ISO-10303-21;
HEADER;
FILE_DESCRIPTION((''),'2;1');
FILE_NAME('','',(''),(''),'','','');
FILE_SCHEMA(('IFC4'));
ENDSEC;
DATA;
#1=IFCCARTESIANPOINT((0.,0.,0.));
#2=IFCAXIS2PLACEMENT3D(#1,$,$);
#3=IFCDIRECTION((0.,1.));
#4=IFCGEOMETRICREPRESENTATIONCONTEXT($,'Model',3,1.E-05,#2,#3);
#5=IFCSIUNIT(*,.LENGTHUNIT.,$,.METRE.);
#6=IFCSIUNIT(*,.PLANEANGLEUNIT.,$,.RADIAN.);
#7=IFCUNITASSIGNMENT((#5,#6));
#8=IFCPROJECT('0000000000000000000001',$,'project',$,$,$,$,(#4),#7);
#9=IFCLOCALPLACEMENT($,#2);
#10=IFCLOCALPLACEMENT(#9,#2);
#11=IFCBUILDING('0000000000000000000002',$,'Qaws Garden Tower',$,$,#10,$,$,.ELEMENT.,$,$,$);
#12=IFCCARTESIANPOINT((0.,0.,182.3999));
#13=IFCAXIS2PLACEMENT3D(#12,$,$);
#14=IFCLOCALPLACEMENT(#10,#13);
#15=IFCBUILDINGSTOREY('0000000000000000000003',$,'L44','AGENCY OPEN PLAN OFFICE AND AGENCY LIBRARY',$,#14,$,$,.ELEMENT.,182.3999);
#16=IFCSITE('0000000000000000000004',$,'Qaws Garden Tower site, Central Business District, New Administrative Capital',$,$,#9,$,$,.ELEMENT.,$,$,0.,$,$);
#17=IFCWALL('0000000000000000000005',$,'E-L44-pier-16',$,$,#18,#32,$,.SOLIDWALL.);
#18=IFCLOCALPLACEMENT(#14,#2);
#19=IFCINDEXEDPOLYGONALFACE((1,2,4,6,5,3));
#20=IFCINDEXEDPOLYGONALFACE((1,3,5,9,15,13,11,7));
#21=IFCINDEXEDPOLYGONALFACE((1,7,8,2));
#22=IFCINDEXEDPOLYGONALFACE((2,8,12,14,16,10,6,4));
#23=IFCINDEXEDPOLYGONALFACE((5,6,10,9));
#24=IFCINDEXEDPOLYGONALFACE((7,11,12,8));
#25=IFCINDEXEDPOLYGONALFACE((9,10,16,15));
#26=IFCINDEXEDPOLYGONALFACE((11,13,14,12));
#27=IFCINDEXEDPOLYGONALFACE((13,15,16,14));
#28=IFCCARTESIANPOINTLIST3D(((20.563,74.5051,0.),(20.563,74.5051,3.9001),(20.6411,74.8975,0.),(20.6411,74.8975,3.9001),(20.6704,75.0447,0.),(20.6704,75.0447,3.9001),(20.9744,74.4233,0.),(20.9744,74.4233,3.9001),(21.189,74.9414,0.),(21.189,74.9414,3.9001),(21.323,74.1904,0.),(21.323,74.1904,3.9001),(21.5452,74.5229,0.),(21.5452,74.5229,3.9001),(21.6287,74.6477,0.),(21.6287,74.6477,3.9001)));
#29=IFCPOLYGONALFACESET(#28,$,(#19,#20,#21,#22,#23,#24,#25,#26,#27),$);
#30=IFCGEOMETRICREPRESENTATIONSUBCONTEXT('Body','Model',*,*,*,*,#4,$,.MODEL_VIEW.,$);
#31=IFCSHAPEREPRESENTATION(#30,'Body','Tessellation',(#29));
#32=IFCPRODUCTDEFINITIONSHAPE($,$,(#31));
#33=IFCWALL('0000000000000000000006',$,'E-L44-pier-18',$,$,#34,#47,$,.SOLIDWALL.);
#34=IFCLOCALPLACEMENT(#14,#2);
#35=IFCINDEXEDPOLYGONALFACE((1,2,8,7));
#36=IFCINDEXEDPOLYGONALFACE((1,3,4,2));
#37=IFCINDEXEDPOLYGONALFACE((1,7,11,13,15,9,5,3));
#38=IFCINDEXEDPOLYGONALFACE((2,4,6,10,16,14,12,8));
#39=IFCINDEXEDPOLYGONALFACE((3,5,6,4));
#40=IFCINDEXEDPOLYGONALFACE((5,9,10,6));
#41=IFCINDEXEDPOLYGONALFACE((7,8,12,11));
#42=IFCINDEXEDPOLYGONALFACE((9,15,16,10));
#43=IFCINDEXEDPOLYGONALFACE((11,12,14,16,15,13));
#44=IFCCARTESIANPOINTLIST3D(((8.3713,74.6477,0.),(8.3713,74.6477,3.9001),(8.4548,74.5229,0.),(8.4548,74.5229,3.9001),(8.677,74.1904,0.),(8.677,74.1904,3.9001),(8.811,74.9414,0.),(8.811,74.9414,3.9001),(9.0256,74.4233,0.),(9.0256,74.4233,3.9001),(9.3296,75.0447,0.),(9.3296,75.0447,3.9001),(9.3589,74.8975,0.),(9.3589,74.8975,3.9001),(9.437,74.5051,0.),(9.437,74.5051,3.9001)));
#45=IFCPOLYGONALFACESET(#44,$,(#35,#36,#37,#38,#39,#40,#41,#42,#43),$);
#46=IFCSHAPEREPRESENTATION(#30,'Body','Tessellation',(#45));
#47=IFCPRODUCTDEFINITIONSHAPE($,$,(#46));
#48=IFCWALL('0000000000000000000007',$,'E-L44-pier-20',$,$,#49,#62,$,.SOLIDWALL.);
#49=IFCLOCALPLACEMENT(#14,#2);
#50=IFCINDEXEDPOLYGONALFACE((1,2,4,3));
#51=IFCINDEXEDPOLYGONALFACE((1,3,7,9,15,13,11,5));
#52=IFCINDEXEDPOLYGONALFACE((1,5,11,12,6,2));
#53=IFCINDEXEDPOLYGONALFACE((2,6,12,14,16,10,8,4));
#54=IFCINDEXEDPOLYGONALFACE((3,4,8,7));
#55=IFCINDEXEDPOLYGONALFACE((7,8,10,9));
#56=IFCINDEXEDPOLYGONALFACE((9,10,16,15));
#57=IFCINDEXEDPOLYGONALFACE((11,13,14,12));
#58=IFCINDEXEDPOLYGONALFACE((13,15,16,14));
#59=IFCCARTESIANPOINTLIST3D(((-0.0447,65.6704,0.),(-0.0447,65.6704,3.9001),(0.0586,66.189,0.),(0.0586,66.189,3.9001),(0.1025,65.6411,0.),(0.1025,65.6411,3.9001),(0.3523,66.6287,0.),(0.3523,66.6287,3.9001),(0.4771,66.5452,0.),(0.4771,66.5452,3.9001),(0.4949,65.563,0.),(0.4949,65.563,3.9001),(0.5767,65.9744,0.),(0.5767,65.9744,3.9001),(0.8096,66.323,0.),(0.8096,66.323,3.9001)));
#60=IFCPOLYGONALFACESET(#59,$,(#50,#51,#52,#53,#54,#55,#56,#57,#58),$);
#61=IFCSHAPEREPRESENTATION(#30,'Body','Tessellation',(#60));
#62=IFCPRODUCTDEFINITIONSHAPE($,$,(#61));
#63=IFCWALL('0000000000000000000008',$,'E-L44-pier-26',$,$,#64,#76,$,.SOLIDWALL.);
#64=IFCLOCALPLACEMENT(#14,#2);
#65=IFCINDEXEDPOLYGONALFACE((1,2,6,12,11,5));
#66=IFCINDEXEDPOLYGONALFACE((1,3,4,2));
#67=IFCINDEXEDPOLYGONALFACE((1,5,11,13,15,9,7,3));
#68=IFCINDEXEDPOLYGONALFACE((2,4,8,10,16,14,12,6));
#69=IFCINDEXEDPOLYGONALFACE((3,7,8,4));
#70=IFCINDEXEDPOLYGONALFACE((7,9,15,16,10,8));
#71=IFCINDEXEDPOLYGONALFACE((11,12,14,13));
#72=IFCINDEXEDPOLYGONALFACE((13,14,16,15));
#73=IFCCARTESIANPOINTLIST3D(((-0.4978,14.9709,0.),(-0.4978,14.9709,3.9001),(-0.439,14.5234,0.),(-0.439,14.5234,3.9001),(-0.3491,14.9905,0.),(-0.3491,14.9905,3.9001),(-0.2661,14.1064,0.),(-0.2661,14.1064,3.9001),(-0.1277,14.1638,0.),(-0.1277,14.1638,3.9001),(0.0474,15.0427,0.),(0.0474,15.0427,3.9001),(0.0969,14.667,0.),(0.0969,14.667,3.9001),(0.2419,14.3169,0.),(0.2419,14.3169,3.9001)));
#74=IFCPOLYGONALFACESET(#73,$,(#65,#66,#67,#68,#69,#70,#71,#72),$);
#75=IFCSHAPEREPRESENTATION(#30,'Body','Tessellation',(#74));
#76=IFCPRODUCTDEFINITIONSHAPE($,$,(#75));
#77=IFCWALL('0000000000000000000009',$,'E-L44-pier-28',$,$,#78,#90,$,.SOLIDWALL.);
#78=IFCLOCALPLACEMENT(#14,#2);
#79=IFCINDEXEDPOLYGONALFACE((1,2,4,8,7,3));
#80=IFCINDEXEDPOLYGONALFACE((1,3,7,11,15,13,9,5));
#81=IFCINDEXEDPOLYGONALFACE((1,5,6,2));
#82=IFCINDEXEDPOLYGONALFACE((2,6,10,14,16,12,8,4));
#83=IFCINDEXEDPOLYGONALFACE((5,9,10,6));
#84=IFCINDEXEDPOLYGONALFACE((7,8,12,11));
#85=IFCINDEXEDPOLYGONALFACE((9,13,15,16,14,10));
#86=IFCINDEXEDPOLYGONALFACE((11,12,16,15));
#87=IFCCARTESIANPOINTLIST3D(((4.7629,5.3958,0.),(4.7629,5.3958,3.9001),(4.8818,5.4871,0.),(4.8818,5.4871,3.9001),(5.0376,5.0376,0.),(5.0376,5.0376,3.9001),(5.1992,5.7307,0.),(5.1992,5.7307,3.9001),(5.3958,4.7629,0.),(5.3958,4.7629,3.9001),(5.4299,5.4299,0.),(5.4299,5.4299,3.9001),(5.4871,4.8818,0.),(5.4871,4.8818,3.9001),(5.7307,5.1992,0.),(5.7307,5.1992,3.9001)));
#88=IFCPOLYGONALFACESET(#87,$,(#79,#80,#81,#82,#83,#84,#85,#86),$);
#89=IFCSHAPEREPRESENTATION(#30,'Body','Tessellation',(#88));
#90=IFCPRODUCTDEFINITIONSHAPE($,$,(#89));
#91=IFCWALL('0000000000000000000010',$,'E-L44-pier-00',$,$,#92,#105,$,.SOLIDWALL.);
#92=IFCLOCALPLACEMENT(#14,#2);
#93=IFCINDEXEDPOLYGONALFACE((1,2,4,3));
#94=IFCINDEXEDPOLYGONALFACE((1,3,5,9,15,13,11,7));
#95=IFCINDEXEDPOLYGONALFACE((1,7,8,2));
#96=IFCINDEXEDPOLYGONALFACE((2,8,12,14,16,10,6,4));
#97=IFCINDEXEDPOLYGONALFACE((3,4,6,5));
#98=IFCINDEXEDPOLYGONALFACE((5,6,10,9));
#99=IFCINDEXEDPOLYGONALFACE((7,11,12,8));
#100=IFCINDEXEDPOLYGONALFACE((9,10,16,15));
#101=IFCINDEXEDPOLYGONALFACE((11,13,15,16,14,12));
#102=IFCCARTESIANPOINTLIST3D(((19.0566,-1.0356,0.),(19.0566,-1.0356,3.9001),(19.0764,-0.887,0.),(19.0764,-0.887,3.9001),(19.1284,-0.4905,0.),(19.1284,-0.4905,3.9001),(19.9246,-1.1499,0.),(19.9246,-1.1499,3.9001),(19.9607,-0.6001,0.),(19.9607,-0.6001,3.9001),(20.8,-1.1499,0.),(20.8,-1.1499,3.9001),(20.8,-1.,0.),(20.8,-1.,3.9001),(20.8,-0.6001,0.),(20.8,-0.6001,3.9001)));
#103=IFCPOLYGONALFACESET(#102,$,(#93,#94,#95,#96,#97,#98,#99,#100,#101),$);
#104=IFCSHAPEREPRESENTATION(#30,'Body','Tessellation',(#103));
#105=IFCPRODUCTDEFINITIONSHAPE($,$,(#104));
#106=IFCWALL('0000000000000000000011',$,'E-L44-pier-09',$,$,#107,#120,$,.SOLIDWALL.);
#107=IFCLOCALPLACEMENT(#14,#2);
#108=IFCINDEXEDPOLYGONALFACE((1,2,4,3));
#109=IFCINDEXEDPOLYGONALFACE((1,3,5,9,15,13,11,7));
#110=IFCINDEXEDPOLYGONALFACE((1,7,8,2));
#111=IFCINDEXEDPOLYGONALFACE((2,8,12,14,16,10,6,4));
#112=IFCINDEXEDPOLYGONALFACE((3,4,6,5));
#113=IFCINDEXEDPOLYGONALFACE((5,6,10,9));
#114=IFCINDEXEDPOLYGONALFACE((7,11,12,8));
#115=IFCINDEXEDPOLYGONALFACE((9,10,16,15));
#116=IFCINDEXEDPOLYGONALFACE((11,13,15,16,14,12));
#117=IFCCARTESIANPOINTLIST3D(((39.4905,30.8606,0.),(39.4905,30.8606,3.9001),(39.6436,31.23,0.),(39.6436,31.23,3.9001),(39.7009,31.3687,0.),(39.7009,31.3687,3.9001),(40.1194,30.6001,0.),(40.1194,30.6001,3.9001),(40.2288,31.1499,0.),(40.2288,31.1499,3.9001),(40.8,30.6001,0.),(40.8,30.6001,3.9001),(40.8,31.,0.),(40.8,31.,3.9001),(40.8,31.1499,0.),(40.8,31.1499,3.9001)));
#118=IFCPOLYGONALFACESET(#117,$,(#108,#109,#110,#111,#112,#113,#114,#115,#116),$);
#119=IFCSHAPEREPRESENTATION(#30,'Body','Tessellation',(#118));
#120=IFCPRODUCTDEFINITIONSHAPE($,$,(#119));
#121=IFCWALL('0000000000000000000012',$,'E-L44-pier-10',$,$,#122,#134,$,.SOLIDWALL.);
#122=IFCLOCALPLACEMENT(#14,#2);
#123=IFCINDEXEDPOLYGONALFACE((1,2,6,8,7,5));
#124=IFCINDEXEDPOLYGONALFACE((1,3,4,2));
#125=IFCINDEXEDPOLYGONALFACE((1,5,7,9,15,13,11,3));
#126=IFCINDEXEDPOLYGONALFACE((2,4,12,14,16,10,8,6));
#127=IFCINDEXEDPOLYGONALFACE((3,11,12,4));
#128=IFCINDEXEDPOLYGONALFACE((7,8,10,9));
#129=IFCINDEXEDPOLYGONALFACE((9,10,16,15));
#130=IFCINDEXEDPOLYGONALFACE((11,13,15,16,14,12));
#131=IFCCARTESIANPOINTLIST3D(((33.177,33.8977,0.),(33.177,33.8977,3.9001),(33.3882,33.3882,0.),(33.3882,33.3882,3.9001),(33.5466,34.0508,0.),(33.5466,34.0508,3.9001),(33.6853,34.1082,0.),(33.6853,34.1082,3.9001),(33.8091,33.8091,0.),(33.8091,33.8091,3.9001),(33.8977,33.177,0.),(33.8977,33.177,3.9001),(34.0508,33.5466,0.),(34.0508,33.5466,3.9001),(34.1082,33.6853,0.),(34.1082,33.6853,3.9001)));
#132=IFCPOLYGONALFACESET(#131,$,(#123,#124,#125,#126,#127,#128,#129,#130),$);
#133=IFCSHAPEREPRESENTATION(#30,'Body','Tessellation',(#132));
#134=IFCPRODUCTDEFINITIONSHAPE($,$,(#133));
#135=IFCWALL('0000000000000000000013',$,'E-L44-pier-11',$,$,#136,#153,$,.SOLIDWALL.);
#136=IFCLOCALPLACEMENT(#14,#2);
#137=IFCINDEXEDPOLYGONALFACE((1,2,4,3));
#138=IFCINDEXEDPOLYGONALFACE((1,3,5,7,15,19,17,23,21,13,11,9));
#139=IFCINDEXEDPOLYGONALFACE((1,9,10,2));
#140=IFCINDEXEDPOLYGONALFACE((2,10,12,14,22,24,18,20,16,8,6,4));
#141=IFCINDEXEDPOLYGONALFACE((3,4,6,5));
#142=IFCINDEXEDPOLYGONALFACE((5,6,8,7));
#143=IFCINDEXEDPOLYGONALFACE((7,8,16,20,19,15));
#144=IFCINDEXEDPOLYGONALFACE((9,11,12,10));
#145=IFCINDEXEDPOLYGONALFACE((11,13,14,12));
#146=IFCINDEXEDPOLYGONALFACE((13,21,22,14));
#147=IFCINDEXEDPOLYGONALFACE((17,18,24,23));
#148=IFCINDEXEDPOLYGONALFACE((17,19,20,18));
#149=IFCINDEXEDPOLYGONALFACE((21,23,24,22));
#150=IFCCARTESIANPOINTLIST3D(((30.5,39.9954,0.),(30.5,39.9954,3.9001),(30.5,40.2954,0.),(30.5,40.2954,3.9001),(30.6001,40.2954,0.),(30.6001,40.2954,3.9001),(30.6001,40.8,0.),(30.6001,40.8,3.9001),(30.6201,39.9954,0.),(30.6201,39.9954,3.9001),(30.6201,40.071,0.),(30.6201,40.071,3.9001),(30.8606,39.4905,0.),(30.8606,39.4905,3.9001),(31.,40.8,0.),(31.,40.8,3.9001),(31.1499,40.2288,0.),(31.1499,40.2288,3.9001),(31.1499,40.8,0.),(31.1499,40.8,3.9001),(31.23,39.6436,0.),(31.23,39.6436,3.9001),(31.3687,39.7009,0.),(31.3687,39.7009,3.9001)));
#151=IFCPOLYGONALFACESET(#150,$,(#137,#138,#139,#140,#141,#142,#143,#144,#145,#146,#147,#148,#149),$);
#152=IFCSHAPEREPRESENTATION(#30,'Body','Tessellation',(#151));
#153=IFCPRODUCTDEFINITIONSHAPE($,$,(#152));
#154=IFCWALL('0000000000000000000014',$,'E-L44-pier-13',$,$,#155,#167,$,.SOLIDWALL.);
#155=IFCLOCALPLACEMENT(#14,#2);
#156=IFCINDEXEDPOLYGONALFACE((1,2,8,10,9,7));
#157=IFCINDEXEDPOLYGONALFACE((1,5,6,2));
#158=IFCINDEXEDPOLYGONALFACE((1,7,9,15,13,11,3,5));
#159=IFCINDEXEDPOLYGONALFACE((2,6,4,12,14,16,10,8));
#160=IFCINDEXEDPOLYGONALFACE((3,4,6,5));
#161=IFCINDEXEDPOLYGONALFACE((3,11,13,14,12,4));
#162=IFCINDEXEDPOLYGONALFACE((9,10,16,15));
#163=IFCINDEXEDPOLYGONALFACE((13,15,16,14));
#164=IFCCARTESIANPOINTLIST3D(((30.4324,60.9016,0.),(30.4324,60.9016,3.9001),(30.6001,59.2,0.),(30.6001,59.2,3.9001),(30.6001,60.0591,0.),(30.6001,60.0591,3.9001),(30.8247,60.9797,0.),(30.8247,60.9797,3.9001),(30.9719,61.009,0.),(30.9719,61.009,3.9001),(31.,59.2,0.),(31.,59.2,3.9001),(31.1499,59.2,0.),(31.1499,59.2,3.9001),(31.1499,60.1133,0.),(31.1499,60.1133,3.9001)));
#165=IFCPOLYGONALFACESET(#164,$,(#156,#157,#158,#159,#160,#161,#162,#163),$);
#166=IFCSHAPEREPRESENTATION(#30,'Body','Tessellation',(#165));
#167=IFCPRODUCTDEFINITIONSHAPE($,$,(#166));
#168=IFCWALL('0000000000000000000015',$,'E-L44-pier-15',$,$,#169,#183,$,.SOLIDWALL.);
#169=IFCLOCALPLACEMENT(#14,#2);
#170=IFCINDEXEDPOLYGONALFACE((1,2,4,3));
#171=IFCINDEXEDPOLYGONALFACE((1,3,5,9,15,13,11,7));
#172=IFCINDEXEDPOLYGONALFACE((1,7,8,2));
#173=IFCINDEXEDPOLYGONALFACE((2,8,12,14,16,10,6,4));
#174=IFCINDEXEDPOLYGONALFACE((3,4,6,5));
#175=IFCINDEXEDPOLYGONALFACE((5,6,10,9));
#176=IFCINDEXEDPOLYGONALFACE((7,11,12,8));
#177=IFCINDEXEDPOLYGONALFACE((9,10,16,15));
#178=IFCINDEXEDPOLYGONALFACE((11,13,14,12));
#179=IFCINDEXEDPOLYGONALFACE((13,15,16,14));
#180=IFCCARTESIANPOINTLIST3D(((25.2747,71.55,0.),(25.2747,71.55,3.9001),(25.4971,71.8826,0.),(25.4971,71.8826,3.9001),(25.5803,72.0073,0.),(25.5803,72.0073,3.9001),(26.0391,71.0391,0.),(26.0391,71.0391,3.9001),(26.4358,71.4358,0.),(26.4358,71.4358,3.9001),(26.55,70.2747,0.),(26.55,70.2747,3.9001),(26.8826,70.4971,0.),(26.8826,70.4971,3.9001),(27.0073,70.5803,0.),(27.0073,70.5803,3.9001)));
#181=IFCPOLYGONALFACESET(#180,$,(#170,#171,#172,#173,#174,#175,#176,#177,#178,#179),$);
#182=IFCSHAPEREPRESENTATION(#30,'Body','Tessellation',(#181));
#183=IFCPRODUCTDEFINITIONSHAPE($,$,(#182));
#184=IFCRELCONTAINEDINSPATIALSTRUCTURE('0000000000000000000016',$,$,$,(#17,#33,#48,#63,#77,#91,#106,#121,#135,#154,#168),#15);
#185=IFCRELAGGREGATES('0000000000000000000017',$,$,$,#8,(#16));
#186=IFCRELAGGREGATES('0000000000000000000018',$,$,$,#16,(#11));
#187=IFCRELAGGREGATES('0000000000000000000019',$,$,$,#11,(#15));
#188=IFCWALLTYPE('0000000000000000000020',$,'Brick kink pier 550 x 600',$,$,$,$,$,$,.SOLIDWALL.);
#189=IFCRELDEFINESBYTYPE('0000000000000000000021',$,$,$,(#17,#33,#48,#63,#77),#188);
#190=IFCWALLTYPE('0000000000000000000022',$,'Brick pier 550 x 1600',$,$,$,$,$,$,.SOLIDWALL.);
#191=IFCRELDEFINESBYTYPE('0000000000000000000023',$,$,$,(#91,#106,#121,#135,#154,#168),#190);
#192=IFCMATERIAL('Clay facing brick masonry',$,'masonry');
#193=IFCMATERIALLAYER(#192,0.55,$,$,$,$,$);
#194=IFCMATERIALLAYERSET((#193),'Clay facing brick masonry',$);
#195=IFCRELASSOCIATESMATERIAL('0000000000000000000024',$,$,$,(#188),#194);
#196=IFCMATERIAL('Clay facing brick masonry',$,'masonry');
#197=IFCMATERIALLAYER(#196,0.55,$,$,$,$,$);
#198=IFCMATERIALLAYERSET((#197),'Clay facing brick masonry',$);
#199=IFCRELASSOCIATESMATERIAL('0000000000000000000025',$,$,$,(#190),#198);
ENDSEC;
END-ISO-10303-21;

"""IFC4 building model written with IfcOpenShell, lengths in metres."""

from ifc_helpers import new_model, si_unit, direction, frame, origin, place, context, subcontext, project, spatial, polyline, outline, extrude, material, layer, layer_set, type_object, element, save


model = new_model("IFC4")

# Units and contexts
model_context = context("Model", 3, precision=1e-05, world=origin(), true_north=direction((0.0, 1.0)))
body_context = subcontext(model_context, "Body", "Model", "MODEL_VIEW")
ifc_project = project(units=[si_unit("LENGTHUNIT", "METRE"), si_unit("PLANEANGLEUNIT", "RADIAN")], contexts=[model_context])

# Site, building, storey
site_placement = place(None, origin())
site = spatial("IfcSite", under=ifc_project, at=site_placement, Name="Qaws Garden Tower site, Central Business District, New Administrative Capital", CompositionType="ELEMENT", RefElevation=0.0)
building_placement = place(site_placement, origin())
building = spatial("IfcBuilding", under=site, at=building_placement, Name="Qaws Garden Tower", CompositionType="ELEMENT")
storey_placement = place(building_placement, frame((0.0, 0.0, 182.3999)))
storey = spatial("IfcBuildingStorey", under=building, at=storey_placement, Name="L44", Description="AGENCY OPEN PLAN OFFICE AND AGENCY LIBRARY", CompositionType="ELEMENT", Elevation=182.3999)

# Walls
placement = place(storey_placement, origin())
ifc_material_1 = material(Name="Clay facing brick masonry", Category="masonry")
ifc_layer_1 = layer(ifc_material_1, 0.55)
ifc_layer_set_1 = layer_set([ifc_layer_1], Name="Clay facing brick masonry")
wall_type_1 = type_object("IfcWallType", Name="Brick kink pier 550 x 600", PredefinedType="SOLIDWALL", material=ifc_layer_set_1)
element("IfcWall", 1, at=placement, inside=storey, type_object=wall_type_1, Name="E-L44-pier-16", PredefinedType="SOLIDWALL", context=body_context, shape_type="SweptSolid", body=[
    extrude(outline(polyline([(21.5452, 74.5229), (21.6287, 74.6477), (21.189, 74.9414), (20.6704, 75.0447), (20.6411, 74.8975), (20.563, 74.5051), (20.9744, 74.4233), (21.323, 74.1904), (21.5452, 74.5229)])), origin(), (0.0, 0.0, 1.0), 3.9001),
])
element("IfcWall", 2, at=placement, inside=storey, type_object=wall_type_1, Name="E-L44-pier-18", PredefinedType="SOLIDWALL", context=body_context, shape_type="SweptSolid", body=[
    extrude(outline(polyline([(9.3589, 74.8975), (9.3296, 75.0447), (8.811, 74.9414), (8.3713, 74.6477), (8.4548, 74.5229), (8.677, 74.1904), (9.0256, 74.4233), (9.437, 74.5051), (9.3589, 74.8975)])), origin(), (0.0, 0.0, 1.0), 3.9001),
])
element("IfcWall", 3, at=placement, inside=storey, type_object=wall_type_1, Name="E-L44-pier-20", PredefinedType="SOLIDWALL", context=body_context, shape_type="SweptSolid", body=[
    extrude(outline(polyline([(0.4771, 66.5452), (0.3523, 66.6287), (0.0586, 66.189), (-0.0447, 65.6704), (0.1025, 65.6411), (0.4949, 65.563), (0.5767, 65.9744), (0.8096, 66.323), (0.4771, 66.5452)])), origin(), (0.0, 0.0, 1.0), 3.9001),
])
element("IfcWall", 4, at=placement, inside=storey, type_object=wall_type_1, Name="E-L44-pier-26", PredefinedType="SOLIDWALL", context=body_context, shape_type="SweptSolid", body=[
    extrude(outline(polyline([(-0.3491, 14.9905), (-0.4978, 14.9709), (-0.439, 14.5234), (-0.2661, 14.1064), (-0.1277, 14.1638), (0.2419, 14.3169), (0.0969, 14.667), (0.0474, 15.0427), (-0.3491, 14.9905)])), origin(), (0.0, 0.0, 1.0), 3.9001),
])
element("IfcWall", 5, at=placement, inside=storey, type_object=wall_type_1, Name="E-L44-pier-28", PredefinedType="SOLIDWALL", context=body_context, shape_type="SweptSolid", body=[
    extrude(outline(polyline([(4.8818, 5.4871), (4.7629, 5.3958), (5.0376, 5.0376), (5.3958, 4.7629), (5.4871, 4.8818), (5.7307, 5.1992), (5.4299, 5.4299), (5.1992, 5.7307), (4.8818, 5.4871)])), origin(), (0.0, 0.0, 1.0), 3.9001),
])
ifc_material_2 = material(Name="Clay facing brick masonry", Category="masonry")
ifc_layer_2 = layer(ifc_material_2, 0.55)
ifc_layer_set_2 = layer_set([ifc_layer_2], Name="Clay facing brick masonry")
wall_type_2 = type_object("IfcWallType", Name="Brick pier 550 x 1600", PredefinedType="SOLIDWALL", material=ifc_layer_set_2)
element("IfcWall", 6, at=placement, inside=storey, type_object=wall_type_2, Name="E-L44-pier-00", PredefinedType="SOLIDWALL", context=body_context, shape_type="SweptSolid", body=[
    extrude(outline(polyline([(19.0764, -0.887), (19.0566, -1.0356), (19.9246, -1.1499), (20.8, -1.1499), (20.8, -1.0), (20.8, -0.6001), (19.9607, -0.6001), (19.1284, -0.4905), (19.0764, -0.887)])), origin(), (0.0, 0.0, 1.0), 3.9001),
])
element("IfcWall", 7, at=placement, inside=storey, type_object=wall_type_2, Name="E-L44-pier-09", PredefinedType="SOLIDWALL", context=body_context, shape_type="SweptSolid", body=[
    extrude(outline(polyline([(40.8, 31.0), (40.8, 31.1499), (40.2288, 31.1499), (39.7009, 31.3687), (39.6436, 31.23), (39.4905, 30.8606), (40.1194, 30.6001), (40.8, 30.6001), (40.8, 31.0)])), origin(), (0.0, 0.0, 1.0), 3.9001),
])
element("IfcWall", 8, at=placement, inside=storey, type_object=wall_type_2, Name="E-L44-pier-10", PredefinedType="SOLIDWALL", context=body_context, shape_type="SweptSolid", body=[
    extrude(outline(polyline([(34.0508, 33.5466), (34.1082, 33.6853), (33.8091, 33.8091), (33.6853, 34.1082), (33.5466, 34.0508), (33.177, 33.8977), (33.3882, 33.3882), (33.8977, 33.177), (34.0508, 33.5466)])), origin(), (0.0, 0.0, 1.0), 3.9001),
])
element("IfcWall", 9, at=placement, inside=storey, type_object=wall_type_2, Name="E-L44-pier-11", PredefinedType="SOLIDWALL", context=body_context, shape_type="SweptSolid", body=[
    extrude(outline(polyline([(30.6201, 39.9954), (30.6201, 40.071), (30.8606, 39.4905), (31.23, 39.6436), (31.3687, 39.7009), (31.1499, 40.2288), (31.1499, 40.8), (31.0, 40.8), (30.6001, 40.8), (30.6001, 40.2954), (30.5, 40.2954), (30.5, 39.9954), (30.6201, 39.9954)])), origin(), (0.0, 0.0, 1.0), 3.9001),
])
element("IfcWall", 10, at=placement, inside=storey, type_object=wall_type_2, Name="E-L44-pier-13", PredefinedType="SOLIDWALL", context=body_context, shape_type="SweptSolid", body=[
    extrude(outline(polyline([(31.0, 59.2), (31.1499, 59.2), (31.1499, 60.1133), (30.9719, 61.009), (30.8247, 60.9797), (30.4324, 60.9016), (30.6001, 60.0591), (30.6001, 59.2), (31.0, 59.2)])), origin(), (0.0, 0.0, 1.0), 3.9001),
])
element("IfcWall", 11, at=placement, inside=storey, type_object=wall_type_2, Name="E-L44-pier-15", PredefinedType="SOLIDWALL", context=body_context, shape_type="SweptSolid", body=[
    extrude(outline(polyline([(26.8826, 70.4971), (27.0073, 70.5803), (26.4358, 71.4358), (25.5803, 72.0073), (25.4971, 71.8826), (25.2747, 71.55), (26.0391, 71.0391), (26.55, 70.2747), (26.8826, 70.4971)])), origin(), (0.0, 0.0, 1.0), 3.9001),
])

save(model, "model.ifc")
